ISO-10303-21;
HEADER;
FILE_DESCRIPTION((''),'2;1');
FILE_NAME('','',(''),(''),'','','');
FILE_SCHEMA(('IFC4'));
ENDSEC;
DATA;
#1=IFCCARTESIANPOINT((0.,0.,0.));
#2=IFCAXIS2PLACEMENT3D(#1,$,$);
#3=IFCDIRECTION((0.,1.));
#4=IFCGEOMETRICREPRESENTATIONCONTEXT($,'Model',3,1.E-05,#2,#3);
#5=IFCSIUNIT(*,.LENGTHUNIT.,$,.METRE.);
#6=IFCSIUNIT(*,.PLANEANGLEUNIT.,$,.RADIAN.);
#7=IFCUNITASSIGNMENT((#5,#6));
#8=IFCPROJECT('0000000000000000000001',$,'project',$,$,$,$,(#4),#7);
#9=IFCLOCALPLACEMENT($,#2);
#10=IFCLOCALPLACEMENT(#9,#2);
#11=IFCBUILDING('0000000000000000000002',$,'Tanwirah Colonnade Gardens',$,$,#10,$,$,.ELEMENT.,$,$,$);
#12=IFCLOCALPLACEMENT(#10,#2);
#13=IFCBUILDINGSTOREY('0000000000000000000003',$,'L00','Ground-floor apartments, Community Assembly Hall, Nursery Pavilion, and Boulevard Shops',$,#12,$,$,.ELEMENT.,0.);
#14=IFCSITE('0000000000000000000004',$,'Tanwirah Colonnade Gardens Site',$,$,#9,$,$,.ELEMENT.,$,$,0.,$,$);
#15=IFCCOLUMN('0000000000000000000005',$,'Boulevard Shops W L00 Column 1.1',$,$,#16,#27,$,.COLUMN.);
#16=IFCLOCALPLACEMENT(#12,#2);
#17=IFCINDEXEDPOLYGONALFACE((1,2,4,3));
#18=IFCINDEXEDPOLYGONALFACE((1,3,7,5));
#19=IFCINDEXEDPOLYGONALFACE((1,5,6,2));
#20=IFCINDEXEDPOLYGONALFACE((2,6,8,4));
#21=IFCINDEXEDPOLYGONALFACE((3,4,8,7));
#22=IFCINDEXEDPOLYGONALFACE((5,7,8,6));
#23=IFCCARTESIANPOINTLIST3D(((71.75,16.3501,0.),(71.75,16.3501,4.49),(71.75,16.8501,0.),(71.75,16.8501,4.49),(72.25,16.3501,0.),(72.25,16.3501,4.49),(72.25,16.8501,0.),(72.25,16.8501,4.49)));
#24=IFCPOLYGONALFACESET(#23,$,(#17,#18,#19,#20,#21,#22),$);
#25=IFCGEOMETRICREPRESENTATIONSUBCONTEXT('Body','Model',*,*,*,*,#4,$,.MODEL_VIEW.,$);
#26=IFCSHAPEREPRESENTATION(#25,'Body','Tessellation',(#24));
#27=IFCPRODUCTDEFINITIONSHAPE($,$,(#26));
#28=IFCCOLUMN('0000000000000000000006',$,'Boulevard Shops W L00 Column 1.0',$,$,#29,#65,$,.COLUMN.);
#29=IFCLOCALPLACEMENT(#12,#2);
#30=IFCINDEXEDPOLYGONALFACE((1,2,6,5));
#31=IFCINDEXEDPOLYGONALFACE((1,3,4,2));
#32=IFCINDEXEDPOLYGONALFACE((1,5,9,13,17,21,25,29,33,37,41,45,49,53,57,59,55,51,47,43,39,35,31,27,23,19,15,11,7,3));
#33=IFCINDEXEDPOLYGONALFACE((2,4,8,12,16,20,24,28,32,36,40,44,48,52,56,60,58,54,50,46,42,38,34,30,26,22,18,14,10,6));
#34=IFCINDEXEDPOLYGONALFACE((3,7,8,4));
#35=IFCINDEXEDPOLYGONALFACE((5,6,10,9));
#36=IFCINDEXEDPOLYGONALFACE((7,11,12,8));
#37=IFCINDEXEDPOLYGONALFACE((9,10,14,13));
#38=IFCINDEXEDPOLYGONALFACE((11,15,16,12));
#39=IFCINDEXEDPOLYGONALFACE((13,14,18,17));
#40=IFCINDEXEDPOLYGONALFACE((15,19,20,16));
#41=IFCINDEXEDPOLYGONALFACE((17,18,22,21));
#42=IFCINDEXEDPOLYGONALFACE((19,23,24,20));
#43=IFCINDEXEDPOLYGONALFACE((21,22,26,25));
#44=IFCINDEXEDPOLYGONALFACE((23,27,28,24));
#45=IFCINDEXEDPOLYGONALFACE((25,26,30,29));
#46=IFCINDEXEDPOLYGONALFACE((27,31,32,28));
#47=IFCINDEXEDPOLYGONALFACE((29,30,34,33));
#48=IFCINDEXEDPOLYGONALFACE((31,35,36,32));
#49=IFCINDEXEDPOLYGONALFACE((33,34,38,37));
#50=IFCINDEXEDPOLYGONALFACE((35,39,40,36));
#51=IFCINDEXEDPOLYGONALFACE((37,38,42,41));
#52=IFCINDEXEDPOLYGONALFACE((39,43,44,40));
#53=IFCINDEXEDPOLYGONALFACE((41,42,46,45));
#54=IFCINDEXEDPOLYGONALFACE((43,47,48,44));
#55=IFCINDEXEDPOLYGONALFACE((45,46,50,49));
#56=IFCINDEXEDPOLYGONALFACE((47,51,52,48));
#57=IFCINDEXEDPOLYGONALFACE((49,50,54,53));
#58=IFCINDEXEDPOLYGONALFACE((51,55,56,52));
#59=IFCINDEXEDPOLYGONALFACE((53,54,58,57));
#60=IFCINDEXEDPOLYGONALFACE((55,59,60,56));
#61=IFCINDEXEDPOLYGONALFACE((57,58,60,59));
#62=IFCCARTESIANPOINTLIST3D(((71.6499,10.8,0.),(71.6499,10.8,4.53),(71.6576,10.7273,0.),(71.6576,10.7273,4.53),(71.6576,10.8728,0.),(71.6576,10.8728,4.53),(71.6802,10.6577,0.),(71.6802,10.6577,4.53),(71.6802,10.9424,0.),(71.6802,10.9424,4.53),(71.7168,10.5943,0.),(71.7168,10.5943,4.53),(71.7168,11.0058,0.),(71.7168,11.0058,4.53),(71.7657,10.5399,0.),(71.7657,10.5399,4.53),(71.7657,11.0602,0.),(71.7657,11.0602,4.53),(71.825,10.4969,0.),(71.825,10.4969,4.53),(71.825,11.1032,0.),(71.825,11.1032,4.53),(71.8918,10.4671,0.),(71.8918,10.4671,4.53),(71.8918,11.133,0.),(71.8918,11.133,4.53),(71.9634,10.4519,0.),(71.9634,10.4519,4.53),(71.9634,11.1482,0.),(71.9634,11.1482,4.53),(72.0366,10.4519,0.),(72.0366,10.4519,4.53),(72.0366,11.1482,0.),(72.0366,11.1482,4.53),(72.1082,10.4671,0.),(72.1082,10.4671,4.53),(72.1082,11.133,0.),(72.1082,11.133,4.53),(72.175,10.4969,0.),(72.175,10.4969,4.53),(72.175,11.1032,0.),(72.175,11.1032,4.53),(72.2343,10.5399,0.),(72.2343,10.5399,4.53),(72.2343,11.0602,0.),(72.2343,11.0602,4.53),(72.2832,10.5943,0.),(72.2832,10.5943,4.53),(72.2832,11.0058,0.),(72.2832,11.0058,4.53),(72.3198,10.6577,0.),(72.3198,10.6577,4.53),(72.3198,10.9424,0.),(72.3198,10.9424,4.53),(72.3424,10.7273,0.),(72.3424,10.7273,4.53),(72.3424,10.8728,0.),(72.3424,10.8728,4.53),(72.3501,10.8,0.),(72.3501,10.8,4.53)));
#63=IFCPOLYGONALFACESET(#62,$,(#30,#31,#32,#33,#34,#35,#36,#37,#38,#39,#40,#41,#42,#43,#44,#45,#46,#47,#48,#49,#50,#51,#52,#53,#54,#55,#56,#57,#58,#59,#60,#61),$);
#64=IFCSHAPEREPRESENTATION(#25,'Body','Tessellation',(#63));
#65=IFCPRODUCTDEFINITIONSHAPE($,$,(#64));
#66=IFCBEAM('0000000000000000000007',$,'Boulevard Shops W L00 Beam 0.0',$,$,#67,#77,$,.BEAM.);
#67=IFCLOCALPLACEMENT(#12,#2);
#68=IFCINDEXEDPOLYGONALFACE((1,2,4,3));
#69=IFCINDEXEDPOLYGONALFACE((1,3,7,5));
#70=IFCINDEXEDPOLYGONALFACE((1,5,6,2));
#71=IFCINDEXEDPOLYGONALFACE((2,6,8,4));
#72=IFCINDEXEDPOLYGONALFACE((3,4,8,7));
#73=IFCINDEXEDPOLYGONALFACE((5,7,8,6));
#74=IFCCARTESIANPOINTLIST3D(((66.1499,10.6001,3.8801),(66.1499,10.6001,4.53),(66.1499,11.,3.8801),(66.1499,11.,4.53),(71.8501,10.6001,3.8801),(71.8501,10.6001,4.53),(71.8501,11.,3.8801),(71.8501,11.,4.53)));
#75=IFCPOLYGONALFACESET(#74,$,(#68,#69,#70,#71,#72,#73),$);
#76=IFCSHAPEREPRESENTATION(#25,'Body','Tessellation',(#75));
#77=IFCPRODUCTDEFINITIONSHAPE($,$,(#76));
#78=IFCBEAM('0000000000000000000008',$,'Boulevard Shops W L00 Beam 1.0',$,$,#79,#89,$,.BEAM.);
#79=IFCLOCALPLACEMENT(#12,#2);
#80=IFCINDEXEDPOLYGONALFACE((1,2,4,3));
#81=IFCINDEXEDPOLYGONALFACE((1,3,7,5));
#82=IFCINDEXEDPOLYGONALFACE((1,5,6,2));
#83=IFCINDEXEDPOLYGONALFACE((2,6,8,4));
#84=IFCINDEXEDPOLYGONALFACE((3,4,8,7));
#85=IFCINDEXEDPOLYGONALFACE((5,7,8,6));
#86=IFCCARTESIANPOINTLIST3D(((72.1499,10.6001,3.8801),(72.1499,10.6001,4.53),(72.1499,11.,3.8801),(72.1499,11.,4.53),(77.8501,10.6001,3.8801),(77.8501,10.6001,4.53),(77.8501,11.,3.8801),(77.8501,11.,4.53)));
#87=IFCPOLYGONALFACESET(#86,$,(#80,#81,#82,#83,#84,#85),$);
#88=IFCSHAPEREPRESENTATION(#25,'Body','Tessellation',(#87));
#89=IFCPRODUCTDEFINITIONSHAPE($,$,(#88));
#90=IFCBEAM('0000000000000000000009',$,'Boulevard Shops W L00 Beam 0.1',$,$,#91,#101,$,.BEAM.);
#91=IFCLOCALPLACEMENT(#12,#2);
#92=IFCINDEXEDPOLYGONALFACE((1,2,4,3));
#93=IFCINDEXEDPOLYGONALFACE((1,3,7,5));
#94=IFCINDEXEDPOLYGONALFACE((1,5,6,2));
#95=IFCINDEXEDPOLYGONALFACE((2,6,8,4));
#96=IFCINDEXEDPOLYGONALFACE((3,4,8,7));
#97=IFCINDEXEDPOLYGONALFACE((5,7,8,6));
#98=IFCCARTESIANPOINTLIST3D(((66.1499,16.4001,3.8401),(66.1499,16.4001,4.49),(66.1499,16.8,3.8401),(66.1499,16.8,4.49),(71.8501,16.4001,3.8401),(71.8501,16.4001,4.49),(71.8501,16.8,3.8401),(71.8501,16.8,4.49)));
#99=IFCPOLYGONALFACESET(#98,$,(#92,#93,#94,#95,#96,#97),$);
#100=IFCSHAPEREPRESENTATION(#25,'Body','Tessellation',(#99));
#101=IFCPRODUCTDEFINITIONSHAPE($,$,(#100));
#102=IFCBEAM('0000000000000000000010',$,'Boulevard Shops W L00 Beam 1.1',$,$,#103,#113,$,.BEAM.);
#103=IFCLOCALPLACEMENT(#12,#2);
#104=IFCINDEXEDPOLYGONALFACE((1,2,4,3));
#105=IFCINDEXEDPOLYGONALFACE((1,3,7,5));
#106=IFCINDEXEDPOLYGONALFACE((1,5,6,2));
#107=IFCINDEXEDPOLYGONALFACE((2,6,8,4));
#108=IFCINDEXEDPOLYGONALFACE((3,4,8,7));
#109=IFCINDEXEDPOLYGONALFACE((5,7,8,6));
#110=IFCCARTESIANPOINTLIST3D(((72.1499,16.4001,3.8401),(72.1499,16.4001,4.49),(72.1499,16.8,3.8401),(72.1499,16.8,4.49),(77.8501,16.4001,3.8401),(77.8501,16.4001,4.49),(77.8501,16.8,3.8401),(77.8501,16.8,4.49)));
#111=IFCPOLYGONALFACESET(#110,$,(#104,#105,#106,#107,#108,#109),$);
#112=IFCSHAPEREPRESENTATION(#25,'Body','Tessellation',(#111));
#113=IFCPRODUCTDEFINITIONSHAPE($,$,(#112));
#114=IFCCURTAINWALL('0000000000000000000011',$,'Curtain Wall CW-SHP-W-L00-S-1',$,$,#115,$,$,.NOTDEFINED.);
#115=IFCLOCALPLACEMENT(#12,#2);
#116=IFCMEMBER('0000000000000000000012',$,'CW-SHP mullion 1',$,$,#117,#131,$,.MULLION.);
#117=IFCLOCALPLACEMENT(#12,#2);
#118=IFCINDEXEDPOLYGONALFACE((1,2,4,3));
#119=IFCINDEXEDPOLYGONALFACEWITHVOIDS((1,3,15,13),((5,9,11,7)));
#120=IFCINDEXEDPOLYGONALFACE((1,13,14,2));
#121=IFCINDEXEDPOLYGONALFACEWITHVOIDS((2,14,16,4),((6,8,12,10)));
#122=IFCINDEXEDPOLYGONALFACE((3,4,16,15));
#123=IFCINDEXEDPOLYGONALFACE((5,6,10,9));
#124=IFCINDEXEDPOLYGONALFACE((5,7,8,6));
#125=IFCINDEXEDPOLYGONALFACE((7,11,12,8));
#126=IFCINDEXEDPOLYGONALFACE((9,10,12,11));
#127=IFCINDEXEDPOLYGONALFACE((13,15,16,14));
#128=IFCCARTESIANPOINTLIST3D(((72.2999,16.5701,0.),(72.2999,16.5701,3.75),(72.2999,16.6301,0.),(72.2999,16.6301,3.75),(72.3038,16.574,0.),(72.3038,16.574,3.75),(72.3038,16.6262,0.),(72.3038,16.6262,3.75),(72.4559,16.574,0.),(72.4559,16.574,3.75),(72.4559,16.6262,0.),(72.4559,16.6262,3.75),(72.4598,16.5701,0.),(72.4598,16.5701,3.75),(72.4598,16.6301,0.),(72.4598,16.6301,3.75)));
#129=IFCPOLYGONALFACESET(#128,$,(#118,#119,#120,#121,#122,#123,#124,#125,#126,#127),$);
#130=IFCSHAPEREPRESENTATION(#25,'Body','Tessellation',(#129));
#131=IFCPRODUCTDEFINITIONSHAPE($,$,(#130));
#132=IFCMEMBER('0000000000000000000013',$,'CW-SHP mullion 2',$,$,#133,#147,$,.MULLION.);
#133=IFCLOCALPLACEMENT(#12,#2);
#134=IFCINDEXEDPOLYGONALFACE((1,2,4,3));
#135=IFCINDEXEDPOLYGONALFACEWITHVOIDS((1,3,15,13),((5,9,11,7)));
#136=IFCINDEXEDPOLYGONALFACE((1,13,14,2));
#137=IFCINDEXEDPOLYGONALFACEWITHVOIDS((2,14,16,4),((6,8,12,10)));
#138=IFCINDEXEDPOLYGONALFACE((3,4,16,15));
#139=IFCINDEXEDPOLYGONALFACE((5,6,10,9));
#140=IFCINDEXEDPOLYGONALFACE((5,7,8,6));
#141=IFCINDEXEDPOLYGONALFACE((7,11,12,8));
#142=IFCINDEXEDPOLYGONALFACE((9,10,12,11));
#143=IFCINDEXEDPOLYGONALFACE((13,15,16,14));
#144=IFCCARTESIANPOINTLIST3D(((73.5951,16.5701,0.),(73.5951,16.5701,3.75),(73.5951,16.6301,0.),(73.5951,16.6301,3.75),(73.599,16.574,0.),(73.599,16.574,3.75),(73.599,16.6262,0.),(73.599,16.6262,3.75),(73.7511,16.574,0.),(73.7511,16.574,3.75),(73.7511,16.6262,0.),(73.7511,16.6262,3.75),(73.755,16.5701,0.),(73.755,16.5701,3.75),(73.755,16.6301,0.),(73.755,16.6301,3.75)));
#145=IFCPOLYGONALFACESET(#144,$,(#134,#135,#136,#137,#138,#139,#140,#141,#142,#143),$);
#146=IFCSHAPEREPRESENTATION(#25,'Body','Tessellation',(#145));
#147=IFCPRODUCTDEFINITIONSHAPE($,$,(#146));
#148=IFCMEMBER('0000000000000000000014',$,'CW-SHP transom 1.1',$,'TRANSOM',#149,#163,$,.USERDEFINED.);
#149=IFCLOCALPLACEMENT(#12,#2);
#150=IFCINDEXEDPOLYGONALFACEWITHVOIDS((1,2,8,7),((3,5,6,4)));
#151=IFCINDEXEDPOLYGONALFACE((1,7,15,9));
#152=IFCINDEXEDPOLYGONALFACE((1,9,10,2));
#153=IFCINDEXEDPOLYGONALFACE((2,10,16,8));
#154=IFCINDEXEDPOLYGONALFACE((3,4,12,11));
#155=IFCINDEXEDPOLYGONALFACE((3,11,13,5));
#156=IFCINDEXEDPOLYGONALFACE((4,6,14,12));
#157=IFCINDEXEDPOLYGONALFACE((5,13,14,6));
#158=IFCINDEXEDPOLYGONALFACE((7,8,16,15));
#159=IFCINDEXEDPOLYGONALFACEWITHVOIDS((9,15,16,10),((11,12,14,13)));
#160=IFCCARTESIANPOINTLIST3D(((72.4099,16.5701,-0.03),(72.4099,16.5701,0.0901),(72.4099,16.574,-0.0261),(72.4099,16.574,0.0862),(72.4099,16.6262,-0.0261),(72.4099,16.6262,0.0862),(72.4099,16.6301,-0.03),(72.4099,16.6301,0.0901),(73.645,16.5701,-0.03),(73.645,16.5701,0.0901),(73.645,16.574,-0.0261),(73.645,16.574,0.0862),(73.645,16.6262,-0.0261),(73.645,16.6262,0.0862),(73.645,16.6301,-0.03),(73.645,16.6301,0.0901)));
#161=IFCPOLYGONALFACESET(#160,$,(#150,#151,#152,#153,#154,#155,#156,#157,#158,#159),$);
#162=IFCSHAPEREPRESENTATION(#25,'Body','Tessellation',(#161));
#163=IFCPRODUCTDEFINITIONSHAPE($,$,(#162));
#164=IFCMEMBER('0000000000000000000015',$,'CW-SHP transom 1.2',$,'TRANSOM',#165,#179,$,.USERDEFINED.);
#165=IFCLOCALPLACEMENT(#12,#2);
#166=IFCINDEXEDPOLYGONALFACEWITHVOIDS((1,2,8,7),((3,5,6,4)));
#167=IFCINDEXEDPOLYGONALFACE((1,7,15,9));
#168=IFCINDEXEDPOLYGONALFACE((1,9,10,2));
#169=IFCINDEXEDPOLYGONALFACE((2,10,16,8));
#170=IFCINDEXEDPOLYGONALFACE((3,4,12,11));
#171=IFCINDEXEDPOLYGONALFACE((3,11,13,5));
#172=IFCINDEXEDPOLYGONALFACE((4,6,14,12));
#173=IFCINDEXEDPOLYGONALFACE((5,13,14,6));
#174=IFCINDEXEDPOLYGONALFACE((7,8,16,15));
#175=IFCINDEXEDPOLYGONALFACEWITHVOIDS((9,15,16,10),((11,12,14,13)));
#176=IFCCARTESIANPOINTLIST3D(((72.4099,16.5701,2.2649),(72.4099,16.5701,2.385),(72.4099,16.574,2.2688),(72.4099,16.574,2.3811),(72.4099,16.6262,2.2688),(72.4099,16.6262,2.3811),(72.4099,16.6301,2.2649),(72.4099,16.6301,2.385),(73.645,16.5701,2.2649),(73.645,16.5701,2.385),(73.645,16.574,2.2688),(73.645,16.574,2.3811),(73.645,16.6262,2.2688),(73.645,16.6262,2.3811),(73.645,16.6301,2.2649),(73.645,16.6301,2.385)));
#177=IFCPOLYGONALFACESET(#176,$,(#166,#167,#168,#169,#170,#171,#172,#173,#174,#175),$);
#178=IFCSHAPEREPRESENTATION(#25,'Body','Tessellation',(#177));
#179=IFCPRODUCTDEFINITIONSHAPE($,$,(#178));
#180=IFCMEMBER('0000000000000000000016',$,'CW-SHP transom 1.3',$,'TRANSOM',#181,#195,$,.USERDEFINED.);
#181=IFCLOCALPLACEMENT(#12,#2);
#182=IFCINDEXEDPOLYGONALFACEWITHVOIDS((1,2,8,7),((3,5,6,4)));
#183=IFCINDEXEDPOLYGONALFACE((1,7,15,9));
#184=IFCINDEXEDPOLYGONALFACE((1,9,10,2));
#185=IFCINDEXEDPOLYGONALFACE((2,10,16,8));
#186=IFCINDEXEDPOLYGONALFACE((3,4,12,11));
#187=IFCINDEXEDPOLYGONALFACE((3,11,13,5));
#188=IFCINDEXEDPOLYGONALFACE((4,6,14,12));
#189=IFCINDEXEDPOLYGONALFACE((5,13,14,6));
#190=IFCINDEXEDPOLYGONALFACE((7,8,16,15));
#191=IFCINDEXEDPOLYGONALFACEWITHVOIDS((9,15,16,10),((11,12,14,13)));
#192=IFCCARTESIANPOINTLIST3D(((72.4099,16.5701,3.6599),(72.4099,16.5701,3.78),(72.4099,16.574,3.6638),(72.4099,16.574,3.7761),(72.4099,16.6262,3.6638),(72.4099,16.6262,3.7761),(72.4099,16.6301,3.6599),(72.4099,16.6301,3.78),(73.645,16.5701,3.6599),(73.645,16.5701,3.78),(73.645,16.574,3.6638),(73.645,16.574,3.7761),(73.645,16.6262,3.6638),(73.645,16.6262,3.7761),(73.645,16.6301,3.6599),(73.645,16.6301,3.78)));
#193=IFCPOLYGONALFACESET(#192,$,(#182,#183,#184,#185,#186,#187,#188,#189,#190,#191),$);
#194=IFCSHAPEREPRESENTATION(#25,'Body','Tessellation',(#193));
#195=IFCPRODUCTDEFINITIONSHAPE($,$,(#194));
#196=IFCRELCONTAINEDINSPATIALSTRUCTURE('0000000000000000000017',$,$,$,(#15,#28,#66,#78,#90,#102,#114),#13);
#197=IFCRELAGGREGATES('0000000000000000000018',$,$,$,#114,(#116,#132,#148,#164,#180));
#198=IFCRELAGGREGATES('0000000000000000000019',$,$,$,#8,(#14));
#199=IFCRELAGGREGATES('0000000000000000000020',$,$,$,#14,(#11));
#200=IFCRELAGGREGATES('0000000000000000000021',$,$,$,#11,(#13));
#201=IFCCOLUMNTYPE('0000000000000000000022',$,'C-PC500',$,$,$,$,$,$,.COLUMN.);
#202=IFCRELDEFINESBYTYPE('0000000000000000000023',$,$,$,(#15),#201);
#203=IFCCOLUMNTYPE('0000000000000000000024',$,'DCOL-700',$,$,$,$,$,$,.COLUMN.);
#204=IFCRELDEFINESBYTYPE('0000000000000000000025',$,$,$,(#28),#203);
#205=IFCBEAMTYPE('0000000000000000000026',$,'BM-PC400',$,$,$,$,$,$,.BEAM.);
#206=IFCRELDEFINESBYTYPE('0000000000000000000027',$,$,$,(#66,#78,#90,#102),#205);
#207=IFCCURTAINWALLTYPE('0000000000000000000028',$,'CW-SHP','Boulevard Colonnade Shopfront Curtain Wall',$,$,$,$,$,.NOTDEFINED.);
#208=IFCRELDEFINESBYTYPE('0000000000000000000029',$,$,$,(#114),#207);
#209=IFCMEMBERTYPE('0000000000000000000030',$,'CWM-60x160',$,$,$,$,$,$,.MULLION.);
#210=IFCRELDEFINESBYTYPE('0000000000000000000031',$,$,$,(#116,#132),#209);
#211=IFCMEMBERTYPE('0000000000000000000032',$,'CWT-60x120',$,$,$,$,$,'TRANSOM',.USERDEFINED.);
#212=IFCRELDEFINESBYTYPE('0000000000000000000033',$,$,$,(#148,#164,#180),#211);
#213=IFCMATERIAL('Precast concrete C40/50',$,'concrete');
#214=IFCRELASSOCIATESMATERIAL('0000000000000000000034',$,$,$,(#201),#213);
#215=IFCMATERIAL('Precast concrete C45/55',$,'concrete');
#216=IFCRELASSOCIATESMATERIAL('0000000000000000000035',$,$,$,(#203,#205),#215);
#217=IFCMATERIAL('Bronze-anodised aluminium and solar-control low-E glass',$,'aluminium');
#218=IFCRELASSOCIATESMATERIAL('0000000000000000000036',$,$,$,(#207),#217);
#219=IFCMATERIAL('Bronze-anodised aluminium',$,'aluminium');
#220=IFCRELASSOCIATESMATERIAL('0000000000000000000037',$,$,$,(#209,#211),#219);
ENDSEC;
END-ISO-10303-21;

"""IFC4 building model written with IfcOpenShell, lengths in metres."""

from ifc_helpers import new_model, si_unit, direction, frame, origin, origin_2d, place, context, subcontext, project, spatial, rectangle, hollow_rectangle, circle, extrude, material, material_profile, profile_set, type_object, element, aggregate, save


model = new_model("IFC4")

# Units and contexts
model_context = context("Model", 3, precision=1e-05, world=origin(), true_north=direction((0.0, 1.0)))
body_context = subcontext(model_context, "Body", "Model", "MODEL_VIEW")
ifc_project = project(units=[si_unit("LENGTHUNIT", "METRE"), si_unit("PLANEANGLEUNIT", "RADIAN")], contexts=[model_context])

# Site, building, storey
site_placement = place(None, origin())
site = spatial("IfcSite", under=ifc_project, at=site_placement, Name="Tanwirah Colonnade Gardens Site", CompositionType="ELEMENT", RefElevation=0.0)
building_placement = place(site_placement, origin())
building = spatial("IfcBuilding", under=site, at=building_placement, Name="Tanwirah Colonnade Gardens", CompositionType="ELEMENT")
storey_placement = place(building_placement, origin())
storey = spatial("IfcBuildingStorey", under=building, at=storey_placement, Name="L00", Description="Ground-floor apartments, Community Assembly Hall, Nursery Pavilion, and Boulevard Shops", CompositionType="ELEMENT", Elevation=0.0)

# Columns
ifc_material_1 = material(Name="Precast concrete C40/50", Category="concrete")
ifc_material_profile_1 = material_profile(ifc_material_1, rectangle(XDim=0.5, YDim=0.5, at=origin_2d()), Name="PC-COL 500x500")
ifc_profile_set_1 = profile_set([ifc_material_profile_1], Name="Precast concrete C40/50")
column_type_1 = type_object("IfcColumnType", Name="C-PC500", PredefinedType="COLUMN", material=ifc_profile_set_1)
column_1_placement = place(storey_placement, frame((72.0, 16.6001, 0.0), z_axis=(0.0, 0.0, 1.0), x_axis=(1.0, 0.0, 0.0)))
element("IfcColumn", 1, at=column_1_placement, inside=storey, type_object=column_type_1, Name="Boulevard Shops W L00 Column 1.1", PredefinedType="COLUMN", context=body_context, shape_type="SweptSolid", body=[
    extrude(rectangle(XDim=0.5, YDim=0.5, at=origin_2d()), origin(), (0.0, 0.0, 1.0), 4.49),
])
ifc_material_2 = material(Name="Precast concrete C45/55", Category="concrete")
ifc_material_profile_2 = material_profile(ifc_material_2, circle(Radius=0.3501, at=origin_2d()), Name="PC-DCOL D700")
ifc_profile_set_2 = profile_set([ifc_material_profile_2], Name="Precast concrete C45/55")
column_type_2 = type_object("IfcColumnType", Name="DCOL-700", PredefinedType="COLUMN", material=ifc_profile_set_2)
column_2_placement = place(storey_placement, frame((72.0, 10.8, 0.0), z_axis=(0.0, 0.0, 1.0), x_axis=(1.0, 0.0, 0.0)))
element("IfcColumn", 2, at=column_2_placement, inside=storey, type_object=column_type_2, Name="Boulevard Shops W L00 Column 1.0", PredefinedType="COLUMN", context=body_context, shape_type="SweptSolid", body=[
    extrude(circle(Radius=0.3501, at=origin_2d()), origin(), (0.0, 0.0, 1.0), 4.53),
])

# Beams
ifc_material_profile_3 = material_profile(ifc_material_2, rectangle(XDim=0.3999, YDim=0.6499, at=origin_2d()), Name="PC-BM 400x650")
ifc_profile_set_3 = profile_set([ifc_material_profile_3], Name="Precast concrete C45/55")
beam_type = type_object("IfcBeamType", Name="BM-PC400", PredefinedType="BEAM", material=ifc_profile_set_3)
for number, where, z_axis, x_axis, name in (
    (3, (66.1499, 10.8, 4.2051), (1.0, 0.0, 0.0), (0.0, 1.0, 0.0), "Boulevard Shops W L00 Beam 0.0"),
    (4, (72.1499, 10.8, 4.2051), (1.0, 0.0, 0.0), (0.0, 1.0, 0.0), "Boulevard Shops W L00 Beam 1.0"),
    (5, (66.1499, 16.6001, 4.165), (1.0, 0.0, 0.0), (0.0, 1.0, 0.0), "Boulevard Shops W L00 Beam 0.1"),
    (6, (72.1499, 16.6001, 4.165), (1.0, 0.0, 0.0), (0.0, 1.0, 0.0), "Boulevard Shops W L00 Beam 1.1"),
):
    element("IfcBeam", number, at=place(storey_placement, frame(where, z_axis=z_axis, x_axis=x_axis)), inside=storey, type_object=beam_type, Name=name, PredefinedType="BEAM", context=body_context, shape_type="SweptSolid", body=[
        extrude(rectangle(XDim=0.3999, YDim=0.6499, at=origin_2d()), origin(), (0.0, 0.0, 1.0), 5.7002),
    ])

# Curtain wall, members
ifc_material_3 = material(Name="Bronze-anodised aluminium and solar-control low-E glass", Category="aluminium")
curtain_wall_type = type_object("IfcCurtainWallType", Name="CW-SHP", Description="Boulevard Colonnade Shopfront Curtain Wall", PredefinedType="NOTDEFINED", material=ifc_material_3)
curtain_wall_placement = place(storey_placement, origin())
curtain_wall = element("IfcCurtainWall", 7, at=curtain_wall_placement, inside=storey, type_object=curtain_wall_type, Name="Curtain Wall CW-SHP-W-L00-S-1", PredefinedType="NOTDEFINED")
ifc_material_4 = material(Name="Bronze-anodised aluminium", Category="aluminium")
ifc_material_profile_4 = material_profile(ifc_material_4, hollow_rectangle(XDim=0.0601, YDim=0.1599, WallThickness=0.0039, at=origin_2d()), Name="CW-MUL 60x160x4")
ifc_profile_set_4 = profile_set([ifc_material_profile_4], Name="Bronze-anodised aluminium")
member_type_1 = type_object("IfcMemberType", Name="CWM-60x160", PredefinedType="MULLION", material=ifc_profile_set_4)
member_1_placement = place(storey_placement, frame((72.3799, 16.6001, 0.0), z_axis=(0.0, 0.0, 1.0), x_axis=(0.0, 1.0, 0.0)))
member_1 = element("IfcMember", 8, at=member_1_placement, type_object=member_type_1, Name="CW-SHP mullion 1", PredefinedType="MULLION", context=body_context, shape_type="SweptSolid", body=[
    extrude(hollow_rectangle(XDim=0.0601, YDim=0.1599, WallThickness=0.0039, at=origin_2d()), origin(), (0.0, 0.0, 1.0), 3.75),
])
member_2_placement = place(storey_placement, frame((73.675, 16.6001, 0.0), z_axis=(0.0, 0.0, 1.0), x_axis=(0.0, 1.0, 0.0)))
member_2 = element("IfcMember", 9, at=member_2_placement, type_object=member_type_1, Name="CW-SHP mullion 2", PredefinedType="MULLION", context=body_context, shape_type="SweptSolid", body=[
    extrude(hollow_rectangle(XDim=0.0601, YDim=0.1599, WallThickness=0.0039, at=origin_2d()), origin(), (0.0, 0.0, 1.0), 3.75),
])
ifc_material_profile_5 = material_profile(ifc_material_4, hollow_rectangle(XDim=0.0601, YDim=0.1201, WallThickness=0.0039, at=origin_2d()), Name="CW-TRN 60x120x4")
ifc_profile_set_5 = profile_set([ifc_material_profile_5], Name="Bronze-anodised aluminium")
member_type_2 = type_object("IfcMemberType", Name="CWT-60x120", ElementType="TRANSOM", PredefinedType="USERDEFINED", material=ifc_profile_set_5)
member_3_placement = place(storey_placement, frame((72.4099, 16.6001, 0.03), z_axis=(1.0, 0.0, 0.0), x_axis=(0.0, 1.0, 0.0)))
member_3 = element("IfcMember", 10, at=member_3_placement, type_object=member_type_2, Name="CW-SHP transom 1.1", ObjectType="TRANSOM", PredefinedType="USERDEFINED", context=body_context, shape_type="SweptSolid", body=[
    extrude(hollow_rectangle(XDim=0.0601, YDim=0.1201, WallThickness=0.0039, at=origin_2d()), origin(), (0.0, 0.0, 1.0), 1.2351),
])
member_4_placement = place(storey_placement, frame((72.4099, 16.6001, 2.325), z_axis=(1.0, 0.0, 0.0), x_axis=(0.0, 1.0, 0.0)))
member_4 = element("IfcMember", 11, at=member_4_placement, type_object=member_type_2, Name="CW-SHP transom 1.2", ObjectType="TRANSOM", PredefinedType="USERDEFINED", context=body_context, shape_type="SweptSolid", body=[
    extrude(hollow_rectangle(XDim=0.0601, YDim=0.1201, WallThickness=0.0039, at=origin_2d()), origin(), (0.0, 0.0, 1.0), 1.2351),
])
member_5_placement = place(storey_placement, frame((72.4099, 16.6001, 3.72), z_axis=(1.0, 0.0, 0.0), x_axis=(0.0, 1.0, 0.0)))
member_5 = element("IfcMember", 12, at=member_5_placement, type_object=member_type_2, Name="CW-SHP transom 1.3", ObjectType="TRANSOM", PredefinedType="USERDEFINED", context=body_context, shape_type="SweptSolid", body=[
    extrude(hollow_rectangle(XDim=0.0601, YDim=0.1201, WallThickness=0.0039, at=origin_2d()), origin(), (0.0, 0.0, 1.0), 1.2351),
])
aggregate(curtain_wall, [member_1, member_2, member_3, member_4, member_5])

save(model, "model.ifc")
